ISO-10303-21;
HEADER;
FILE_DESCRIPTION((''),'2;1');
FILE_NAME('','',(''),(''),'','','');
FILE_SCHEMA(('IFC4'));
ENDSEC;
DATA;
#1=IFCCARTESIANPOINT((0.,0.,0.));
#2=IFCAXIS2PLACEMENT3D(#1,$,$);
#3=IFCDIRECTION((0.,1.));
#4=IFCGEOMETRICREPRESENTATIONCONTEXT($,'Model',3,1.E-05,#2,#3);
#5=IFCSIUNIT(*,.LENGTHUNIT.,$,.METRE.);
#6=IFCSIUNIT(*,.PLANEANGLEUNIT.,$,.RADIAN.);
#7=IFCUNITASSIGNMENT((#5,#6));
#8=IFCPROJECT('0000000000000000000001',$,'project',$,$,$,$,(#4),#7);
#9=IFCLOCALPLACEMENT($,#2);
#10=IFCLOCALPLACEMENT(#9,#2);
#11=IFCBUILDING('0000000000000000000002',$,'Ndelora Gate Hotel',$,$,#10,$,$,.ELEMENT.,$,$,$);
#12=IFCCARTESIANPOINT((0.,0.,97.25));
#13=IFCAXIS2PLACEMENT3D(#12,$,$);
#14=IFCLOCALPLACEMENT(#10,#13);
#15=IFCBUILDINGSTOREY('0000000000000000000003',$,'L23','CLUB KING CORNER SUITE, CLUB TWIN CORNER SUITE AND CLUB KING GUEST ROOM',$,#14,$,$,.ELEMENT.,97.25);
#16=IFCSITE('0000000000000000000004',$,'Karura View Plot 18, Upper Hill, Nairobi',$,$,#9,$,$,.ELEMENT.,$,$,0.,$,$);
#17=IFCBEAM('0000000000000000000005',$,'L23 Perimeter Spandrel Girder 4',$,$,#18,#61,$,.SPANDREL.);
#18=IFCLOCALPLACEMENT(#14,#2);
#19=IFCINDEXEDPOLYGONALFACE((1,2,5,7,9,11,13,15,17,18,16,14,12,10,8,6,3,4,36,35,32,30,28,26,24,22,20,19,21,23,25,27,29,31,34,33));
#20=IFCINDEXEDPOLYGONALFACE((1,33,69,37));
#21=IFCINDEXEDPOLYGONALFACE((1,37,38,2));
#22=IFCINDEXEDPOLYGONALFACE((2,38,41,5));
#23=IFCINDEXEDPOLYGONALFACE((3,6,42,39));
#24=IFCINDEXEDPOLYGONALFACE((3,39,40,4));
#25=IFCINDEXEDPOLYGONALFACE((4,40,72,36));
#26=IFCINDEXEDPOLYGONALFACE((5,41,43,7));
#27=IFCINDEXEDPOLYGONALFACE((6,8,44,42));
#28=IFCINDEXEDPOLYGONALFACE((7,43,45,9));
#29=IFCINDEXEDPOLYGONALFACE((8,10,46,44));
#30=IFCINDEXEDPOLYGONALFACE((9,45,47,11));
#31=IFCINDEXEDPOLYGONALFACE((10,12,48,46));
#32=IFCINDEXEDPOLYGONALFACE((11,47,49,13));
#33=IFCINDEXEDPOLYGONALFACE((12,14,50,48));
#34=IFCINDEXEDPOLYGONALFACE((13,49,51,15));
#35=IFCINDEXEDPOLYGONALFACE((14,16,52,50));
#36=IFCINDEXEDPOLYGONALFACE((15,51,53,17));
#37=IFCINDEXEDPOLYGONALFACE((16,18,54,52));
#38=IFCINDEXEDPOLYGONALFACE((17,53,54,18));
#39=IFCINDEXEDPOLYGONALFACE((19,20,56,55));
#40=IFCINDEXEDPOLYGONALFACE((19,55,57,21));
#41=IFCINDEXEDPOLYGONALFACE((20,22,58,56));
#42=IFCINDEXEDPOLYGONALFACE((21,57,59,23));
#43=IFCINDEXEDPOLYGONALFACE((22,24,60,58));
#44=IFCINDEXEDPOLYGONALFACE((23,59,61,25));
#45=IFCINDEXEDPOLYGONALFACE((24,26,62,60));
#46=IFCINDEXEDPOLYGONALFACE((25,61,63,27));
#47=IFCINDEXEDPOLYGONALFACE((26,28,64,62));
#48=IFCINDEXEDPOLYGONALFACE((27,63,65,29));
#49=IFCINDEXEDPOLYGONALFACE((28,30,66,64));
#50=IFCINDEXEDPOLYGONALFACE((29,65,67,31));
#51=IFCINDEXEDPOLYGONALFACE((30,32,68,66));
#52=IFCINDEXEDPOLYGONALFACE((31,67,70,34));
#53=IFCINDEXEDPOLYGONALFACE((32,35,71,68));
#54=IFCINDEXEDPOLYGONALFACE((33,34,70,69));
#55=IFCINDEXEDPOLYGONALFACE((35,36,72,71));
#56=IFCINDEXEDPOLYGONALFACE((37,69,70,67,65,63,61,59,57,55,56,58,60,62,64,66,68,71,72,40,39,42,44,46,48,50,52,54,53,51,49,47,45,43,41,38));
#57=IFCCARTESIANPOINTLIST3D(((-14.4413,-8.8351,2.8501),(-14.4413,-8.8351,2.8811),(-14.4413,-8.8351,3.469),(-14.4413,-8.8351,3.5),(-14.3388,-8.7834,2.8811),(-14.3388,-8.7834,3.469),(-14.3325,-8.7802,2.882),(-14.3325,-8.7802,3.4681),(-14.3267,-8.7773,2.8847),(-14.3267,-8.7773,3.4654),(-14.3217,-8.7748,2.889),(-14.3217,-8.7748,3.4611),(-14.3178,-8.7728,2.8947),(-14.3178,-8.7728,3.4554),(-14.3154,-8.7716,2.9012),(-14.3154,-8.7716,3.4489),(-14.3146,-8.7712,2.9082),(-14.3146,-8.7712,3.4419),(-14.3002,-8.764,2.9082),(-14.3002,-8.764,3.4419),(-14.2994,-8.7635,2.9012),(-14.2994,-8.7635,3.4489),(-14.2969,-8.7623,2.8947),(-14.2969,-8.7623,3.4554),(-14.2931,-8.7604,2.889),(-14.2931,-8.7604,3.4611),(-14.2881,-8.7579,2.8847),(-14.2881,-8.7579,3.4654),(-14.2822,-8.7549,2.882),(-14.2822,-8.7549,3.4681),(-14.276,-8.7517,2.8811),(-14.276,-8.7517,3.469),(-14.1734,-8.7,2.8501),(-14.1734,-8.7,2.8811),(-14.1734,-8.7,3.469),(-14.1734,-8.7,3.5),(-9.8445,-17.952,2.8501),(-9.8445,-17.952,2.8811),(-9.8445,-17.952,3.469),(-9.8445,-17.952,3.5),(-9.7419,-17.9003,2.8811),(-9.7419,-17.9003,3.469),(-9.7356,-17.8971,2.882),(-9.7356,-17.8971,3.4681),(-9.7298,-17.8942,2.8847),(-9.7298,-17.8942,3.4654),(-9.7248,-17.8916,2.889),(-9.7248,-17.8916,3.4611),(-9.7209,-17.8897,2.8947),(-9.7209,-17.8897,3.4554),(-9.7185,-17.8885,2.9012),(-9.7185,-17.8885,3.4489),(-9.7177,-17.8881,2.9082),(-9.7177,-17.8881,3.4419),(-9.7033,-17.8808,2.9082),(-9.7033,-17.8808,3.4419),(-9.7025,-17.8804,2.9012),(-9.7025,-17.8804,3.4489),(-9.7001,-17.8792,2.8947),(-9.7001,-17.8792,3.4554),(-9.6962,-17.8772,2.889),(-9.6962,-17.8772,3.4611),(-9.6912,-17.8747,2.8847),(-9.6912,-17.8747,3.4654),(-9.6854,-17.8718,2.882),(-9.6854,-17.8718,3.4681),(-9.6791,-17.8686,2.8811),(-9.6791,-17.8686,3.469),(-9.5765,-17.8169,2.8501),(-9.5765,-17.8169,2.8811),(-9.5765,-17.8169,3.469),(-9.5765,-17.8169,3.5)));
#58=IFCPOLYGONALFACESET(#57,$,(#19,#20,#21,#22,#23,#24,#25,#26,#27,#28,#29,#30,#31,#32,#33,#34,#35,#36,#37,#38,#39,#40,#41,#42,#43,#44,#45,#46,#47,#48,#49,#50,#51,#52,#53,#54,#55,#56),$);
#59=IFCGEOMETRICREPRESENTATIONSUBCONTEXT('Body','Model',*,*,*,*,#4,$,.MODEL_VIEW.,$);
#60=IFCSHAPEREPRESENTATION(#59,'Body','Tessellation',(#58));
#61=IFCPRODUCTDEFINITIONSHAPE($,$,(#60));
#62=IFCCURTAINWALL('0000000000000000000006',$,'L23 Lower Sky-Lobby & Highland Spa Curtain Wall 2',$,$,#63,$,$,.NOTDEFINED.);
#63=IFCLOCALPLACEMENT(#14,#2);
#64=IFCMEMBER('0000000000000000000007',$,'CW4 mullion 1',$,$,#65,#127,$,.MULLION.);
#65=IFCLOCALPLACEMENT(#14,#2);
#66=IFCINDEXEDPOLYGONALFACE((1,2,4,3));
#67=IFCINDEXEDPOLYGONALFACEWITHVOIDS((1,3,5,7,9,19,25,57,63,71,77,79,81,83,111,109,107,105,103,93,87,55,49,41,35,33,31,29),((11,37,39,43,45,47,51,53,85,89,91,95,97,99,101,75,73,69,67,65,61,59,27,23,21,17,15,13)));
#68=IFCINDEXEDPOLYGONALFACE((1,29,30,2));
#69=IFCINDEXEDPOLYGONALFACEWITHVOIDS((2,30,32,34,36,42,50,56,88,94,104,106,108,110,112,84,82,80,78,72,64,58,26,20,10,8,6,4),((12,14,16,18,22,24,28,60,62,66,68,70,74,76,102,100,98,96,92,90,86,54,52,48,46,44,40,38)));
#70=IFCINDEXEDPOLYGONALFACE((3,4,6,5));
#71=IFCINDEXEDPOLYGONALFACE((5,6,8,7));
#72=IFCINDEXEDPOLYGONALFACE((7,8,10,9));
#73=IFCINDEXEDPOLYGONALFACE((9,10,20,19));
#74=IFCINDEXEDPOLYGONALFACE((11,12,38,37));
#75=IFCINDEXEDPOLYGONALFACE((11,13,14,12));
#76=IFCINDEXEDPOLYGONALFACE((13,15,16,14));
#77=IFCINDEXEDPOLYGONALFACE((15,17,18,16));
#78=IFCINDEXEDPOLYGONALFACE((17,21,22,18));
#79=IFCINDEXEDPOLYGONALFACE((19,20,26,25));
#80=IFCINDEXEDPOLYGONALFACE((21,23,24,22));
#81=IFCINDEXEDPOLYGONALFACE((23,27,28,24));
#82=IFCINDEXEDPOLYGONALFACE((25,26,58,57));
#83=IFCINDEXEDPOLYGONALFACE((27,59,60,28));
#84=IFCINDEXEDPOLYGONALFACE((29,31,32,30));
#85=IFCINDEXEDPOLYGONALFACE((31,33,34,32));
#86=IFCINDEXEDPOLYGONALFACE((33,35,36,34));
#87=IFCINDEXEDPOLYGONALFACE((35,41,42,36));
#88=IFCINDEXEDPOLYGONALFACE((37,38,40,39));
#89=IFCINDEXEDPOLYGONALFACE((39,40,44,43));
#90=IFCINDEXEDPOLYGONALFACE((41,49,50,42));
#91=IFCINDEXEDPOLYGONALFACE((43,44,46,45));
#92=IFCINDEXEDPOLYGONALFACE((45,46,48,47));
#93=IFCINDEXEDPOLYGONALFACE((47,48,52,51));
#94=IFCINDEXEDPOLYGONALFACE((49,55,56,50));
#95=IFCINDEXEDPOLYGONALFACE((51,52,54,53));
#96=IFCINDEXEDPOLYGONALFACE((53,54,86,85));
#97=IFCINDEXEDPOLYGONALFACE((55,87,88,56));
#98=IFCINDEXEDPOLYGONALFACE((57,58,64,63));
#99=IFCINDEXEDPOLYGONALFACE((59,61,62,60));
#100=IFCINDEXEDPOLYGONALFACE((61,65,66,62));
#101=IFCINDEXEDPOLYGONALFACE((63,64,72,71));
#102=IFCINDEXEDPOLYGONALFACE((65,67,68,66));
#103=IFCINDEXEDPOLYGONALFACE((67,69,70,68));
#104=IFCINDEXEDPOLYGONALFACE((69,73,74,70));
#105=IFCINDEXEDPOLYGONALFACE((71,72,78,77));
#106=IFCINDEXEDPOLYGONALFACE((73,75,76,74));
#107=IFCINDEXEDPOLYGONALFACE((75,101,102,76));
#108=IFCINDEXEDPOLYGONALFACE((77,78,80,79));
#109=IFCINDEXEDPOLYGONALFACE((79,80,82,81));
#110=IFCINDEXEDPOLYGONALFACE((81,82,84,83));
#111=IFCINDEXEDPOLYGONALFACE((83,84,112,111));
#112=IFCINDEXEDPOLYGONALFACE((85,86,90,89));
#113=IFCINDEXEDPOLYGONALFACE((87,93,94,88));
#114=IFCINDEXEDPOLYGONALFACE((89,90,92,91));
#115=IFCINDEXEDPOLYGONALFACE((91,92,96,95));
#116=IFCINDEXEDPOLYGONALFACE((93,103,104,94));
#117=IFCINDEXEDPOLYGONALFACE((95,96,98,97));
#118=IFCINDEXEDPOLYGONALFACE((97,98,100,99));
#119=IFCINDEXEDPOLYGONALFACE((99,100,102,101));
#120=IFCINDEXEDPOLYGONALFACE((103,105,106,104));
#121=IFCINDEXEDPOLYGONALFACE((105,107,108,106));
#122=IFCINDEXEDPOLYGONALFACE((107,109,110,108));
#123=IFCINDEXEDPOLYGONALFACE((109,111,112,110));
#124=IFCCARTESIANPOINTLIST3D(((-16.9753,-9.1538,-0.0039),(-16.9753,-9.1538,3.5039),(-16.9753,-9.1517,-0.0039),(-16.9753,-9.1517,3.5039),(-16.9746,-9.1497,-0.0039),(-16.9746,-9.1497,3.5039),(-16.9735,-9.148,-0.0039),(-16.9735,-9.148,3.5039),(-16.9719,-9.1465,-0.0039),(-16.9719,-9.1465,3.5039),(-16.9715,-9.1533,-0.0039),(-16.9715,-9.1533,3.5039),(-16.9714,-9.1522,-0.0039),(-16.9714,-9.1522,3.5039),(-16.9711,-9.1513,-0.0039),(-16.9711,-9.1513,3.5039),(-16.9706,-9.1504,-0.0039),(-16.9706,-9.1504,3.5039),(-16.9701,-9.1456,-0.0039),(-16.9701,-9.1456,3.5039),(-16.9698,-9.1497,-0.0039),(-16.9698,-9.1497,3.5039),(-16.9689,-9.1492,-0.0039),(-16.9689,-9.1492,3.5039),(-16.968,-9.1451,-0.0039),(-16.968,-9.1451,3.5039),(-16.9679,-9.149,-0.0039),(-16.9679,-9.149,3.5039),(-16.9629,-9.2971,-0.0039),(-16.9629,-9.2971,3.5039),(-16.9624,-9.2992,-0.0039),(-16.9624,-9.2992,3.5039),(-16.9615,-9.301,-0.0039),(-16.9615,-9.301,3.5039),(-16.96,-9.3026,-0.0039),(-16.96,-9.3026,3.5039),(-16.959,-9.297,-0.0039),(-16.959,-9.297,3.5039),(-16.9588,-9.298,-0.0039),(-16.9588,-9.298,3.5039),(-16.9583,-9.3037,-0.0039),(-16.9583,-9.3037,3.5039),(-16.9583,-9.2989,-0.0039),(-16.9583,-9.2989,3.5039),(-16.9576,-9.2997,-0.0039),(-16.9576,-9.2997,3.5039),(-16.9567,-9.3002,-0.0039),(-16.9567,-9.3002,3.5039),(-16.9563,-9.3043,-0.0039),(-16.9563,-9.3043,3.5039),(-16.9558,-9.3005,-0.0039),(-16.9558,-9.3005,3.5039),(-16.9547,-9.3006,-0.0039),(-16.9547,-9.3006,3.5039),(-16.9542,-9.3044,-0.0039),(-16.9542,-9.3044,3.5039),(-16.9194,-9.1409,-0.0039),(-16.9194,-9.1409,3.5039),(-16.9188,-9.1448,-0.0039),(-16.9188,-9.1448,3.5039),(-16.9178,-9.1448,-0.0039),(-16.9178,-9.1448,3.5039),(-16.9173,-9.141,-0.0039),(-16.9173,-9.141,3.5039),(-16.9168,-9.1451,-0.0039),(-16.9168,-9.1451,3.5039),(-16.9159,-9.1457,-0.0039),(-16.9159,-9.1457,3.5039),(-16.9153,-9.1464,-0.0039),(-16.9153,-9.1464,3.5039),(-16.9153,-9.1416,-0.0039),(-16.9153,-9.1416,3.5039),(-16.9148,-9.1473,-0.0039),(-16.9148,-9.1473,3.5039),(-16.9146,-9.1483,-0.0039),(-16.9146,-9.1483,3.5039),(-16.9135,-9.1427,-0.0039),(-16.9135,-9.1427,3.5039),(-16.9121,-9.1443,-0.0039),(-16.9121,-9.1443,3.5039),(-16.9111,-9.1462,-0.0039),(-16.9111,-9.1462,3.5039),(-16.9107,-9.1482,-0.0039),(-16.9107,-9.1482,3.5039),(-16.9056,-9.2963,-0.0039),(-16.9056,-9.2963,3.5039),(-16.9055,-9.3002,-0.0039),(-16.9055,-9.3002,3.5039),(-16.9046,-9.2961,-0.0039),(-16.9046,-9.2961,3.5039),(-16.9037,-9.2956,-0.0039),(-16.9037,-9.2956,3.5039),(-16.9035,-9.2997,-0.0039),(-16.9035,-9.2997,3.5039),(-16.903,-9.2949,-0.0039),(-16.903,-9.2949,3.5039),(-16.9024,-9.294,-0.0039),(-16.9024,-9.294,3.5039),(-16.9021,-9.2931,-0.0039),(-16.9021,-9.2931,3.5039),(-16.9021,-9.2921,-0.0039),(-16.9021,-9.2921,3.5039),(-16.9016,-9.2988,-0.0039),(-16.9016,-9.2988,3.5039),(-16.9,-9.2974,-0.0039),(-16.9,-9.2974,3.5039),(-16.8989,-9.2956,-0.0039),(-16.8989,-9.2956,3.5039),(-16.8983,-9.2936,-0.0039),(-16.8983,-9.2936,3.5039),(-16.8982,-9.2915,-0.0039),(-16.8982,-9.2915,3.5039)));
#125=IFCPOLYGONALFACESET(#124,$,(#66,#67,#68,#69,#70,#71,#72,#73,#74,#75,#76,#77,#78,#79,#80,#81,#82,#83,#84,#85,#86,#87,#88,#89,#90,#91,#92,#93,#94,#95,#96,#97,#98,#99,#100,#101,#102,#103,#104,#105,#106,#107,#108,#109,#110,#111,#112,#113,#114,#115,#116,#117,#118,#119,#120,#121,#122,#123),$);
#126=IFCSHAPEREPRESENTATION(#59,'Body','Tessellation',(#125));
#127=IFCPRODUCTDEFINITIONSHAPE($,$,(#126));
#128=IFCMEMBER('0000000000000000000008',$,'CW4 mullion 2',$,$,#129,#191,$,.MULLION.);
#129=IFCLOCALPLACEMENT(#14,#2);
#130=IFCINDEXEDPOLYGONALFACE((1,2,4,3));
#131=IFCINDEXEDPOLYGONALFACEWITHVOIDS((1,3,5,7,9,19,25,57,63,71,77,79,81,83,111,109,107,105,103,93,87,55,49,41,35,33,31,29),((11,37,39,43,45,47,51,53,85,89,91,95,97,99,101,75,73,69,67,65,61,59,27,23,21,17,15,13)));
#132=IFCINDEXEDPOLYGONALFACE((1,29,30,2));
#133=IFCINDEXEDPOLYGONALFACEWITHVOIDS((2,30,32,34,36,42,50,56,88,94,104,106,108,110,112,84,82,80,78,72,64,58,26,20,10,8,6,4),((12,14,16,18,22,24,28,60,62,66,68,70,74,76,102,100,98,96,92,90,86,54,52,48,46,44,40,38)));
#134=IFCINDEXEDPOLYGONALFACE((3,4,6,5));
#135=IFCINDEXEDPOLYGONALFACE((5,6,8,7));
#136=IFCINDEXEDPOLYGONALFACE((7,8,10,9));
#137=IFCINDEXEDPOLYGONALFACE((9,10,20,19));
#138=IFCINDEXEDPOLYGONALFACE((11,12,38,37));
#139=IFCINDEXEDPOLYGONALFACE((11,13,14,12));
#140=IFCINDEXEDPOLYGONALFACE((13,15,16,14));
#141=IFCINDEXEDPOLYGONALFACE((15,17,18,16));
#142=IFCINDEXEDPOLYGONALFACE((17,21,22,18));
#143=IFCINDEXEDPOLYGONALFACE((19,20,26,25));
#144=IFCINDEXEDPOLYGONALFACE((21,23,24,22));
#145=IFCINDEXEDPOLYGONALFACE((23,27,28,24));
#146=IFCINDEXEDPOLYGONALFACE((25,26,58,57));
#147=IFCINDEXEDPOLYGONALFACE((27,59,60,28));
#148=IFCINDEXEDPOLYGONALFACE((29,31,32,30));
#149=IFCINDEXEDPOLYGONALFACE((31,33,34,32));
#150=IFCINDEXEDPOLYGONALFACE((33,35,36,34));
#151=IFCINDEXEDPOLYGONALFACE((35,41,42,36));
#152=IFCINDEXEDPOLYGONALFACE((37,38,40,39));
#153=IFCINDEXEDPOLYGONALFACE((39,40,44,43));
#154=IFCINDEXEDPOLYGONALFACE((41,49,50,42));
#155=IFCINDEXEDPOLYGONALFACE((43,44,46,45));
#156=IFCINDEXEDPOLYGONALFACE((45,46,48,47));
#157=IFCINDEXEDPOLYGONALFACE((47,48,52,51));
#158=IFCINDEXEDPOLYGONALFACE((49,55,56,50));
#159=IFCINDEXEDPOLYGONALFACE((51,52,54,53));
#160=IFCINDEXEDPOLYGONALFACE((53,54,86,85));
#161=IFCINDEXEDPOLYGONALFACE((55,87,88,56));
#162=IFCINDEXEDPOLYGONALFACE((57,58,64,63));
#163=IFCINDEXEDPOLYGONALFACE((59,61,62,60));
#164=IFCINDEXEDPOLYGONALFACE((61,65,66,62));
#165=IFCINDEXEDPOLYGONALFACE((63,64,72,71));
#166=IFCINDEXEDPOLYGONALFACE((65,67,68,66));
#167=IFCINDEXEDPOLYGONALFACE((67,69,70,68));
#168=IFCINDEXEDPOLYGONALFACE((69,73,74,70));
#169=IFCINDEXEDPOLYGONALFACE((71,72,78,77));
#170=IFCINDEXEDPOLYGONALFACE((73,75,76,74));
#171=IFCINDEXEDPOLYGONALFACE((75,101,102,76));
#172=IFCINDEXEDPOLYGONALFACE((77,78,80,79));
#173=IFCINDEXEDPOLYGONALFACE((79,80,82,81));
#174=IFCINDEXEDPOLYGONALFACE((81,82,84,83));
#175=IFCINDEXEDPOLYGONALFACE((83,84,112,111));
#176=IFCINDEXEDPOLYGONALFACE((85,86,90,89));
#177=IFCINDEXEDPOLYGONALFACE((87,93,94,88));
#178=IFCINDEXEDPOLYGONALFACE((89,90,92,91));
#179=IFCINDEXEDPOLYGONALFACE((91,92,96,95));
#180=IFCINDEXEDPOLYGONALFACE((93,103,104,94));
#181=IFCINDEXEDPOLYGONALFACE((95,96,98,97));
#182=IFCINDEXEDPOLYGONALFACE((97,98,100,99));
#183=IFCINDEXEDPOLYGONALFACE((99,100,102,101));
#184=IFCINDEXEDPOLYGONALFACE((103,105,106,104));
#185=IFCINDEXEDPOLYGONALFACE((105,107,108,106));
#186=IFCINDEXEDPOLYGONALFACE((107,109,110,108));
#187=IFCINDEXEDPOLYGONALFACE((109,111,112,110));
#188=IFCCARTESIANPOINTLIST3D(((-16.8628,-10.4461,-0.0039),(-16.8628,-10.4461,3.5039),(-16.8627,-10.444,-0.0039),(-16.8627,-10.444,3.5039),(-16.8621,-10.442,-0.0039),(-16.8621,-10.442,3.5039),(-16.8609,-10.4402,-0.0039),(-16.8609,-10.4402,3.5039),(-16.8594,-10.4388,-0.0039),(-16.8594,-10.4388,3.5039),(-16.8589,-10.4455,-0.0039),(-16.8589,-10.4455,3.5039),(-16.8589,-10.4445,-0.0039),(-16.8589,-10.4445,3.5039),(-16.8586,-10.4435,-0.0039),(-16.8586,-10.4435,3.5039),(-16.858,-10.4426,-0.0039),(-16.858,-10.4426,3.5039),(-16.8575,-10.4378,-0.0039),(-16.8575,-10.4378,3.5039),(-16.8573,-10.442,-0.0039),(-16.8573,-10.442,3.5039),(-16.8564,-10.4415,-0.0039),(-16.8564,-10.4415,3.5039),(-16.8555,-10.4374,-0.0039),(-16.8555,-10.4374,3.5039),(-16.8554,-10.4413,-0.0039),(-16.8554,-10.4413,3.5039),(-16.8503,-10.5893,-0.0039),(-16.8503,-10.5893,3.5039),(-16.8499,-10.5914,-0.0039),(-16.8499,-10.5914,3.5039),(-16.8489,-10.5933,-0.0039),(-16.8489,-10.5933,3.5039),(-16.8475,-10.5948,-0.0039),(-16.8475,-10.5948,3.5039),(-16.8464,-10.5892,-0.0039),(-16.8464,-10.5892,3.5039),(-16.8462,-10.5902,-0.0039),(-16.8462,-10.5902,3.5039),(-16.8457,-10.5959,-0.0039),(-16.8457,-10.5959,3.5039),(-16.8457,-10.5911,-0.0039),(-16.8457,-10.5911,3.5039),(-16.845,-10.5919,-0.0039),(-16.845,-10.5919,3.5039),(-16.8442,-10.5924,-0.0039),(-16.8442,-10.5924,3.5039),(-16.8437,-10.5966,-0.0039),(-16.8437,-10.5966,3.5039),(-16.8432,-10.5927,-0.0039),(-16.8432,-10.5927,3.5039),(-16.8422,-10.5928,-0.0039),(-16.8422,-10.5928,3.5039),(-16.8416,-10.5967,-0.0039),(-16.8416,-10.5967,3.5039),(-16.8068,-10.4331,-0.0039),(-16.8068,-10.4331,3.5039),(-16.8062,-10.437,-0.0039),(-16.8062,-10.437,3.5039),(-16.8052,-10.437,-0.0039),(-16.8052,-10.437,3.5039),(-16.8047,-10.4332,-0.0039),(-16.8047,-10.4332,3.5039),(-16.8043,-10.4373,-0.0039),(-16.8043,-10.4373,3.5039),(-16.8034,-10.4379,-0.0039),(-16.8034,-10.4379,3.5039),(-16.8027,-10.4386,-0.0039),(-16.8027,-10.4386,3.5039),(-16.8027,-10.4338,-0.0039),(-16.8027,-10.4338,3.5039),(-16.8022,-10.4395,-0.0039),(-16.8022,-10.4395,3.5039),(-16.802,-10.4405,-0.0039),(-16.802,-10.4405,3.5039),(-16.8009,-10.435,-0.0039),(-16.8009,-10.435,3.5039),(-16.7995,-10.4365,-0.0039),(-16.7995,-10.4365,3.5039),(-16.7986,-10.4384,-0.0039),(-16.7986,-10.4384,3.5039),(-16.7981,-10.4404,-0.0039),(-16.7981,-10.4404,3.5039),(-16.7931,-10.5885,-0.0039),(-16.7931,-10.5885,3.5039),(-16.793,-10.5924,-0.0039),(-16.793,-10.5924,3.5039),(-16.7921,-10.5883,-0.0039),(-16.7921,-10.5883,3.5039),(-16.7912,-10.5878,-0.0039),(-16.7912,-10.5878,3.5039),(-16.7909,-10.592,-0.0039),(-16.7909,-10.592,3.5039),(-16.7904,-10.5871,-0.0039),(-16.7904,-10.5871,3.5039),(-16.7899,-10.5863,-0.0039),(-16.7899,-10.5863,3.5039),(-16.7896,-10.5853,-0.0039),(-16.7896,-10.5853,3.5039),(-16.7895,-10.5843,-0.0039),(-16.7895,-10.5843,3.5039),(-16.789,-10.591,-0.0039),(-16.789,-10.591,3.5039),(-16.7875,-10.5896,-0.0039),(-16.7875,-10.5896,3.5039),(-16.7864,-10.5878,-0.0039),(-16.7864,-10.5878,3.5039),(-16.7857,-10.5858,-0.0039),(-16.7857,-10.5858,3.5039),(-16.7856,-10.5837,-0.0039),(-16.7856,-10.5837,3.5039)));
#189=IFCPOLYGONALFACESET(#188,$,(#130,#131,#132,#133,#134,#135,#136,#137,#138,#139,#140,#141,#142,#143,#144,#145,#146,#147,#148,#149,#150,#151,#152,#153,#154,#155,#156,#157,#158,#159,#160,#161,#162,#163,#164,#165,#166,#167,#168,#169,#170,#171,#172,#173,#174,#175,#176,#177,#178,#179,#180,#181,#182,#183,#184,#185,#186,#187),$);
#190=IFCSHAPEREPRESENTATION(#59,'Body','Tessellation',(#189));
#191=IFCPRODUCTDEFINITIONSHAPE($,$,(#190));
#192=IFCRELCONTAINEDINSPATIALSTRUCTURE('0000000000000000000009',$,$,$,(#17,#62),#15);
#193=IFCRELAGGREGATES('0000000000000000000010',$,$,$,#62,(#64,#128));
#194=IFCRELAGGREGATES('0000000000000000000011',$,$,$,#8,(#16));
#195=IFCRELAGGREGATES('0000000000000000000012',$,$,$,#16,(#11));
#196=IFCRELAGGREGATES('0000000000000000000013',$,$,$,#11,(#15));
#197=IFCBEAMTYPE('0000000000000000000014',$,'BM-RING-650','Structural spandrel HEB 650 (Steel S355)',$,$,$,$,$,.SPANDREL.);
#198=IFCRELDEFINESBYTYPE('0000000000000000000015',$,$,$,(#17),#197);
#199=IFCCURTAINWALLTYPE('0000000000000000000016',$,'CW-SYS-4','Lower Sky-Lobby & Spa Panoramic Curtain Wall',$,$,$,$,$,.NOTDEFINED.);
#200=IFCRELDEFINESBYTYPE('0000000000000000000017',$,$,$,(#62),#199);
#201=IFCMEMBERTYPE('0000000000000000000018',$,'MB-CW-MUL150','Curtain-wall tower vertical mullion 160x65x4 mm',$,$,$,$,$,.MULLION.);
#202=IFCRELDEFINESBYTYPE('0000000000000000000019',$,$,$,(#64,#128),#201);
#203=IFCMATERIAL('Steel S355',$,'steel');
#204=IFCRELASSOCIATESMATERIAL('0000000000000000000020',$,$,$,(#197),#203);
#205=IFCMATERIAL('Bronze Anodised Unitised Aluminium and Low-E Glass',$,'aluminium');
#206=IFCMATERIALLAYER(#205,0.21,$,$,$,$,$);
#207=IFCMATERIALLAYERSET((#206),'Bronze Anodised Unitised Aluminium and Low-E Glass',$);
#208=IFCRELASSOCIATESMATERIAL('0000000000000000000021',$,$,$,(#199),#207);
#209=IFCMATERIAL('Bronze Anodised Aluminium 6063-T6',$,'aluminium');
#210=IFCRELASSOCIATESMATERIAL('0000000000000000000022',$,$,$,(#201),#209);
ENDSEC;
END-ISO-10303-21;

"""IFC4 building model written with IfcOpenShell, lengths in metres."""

from ifc_helpers import new_model, si_unit, direction, frame, origin, origin_2d, place, context, subcontext, project, spatial, hollow_rectangle, i_section, extrude, material, layer, layer_set, material_profile, profile_set, type_object, element, aggregate, save


model = new_model("IFC4")

# Units and contexts
model_context = context("Model", 3, precision=1e-05, world=origin(), true_north=direction((0.0, 1.0)))
body_context = subcontext(model_context, "Body", "Model", "MODEL_VIEW")
ifc_project = project(units=[si_unit("LENGTHUNIT", "METRE"), si_unit("PLANEANGLEUNIT", "RADIAN")], contexts=[model_context])

# Site, building, storey
site_placement = place(None, origin())
site = spatial("IfcSite", under=ifc_project, at=site_placement, Name="Karura View Plot 18, Upper Hill, Nairobi", CompositionType="ELEMENT", RefElevation=0.0)
building_placement = place(site_placement, origin())
building = spatial("IfcBuilding", under=site, at=building_placement, Name="Ndelora Gate Hotel", CompositionType="ELEMENT")
storey_placement = place(building_placement, frame((0.0, 0.0, 97.25)))
storey = spatial("IfcBuildingStorey", under=building, at=storey_placement, Name="L23", Description="CLUB KING CORNER SUITE, CLUB TWIN CORNER SUITE AND CLUB KING GUEST ROOM", CompositionType="ELEMENT", Elevation=97.25)

# Beam
ifc_material_1 = material(Name="Steel S355", Category="steel")
ifc_material_profile_1 = material_profile(ifc_material_1, i_section(OverallWidth=0.3, OverallDepth=0.6499, WebThickness=0.0161, FlangeThickness=0.031, FilletRadius=0.0271, at=origin_2d()), Name="HEB 650")
ifc_profile_set_1 = profile_set([ifc_material_profile_1], Name="Steel S355")
beam_type_1 = type_object("IfcBeamType", Name="BM-RING-650", Description="Structural spandrel HEB 650 (Steel S355)", PredefinedType="SPANDREL", material=ifc_profile_set_1)
beam_1_placement = place(storey_placement, frame((-14.3074, -8.7676, 3.175), z_axis=(0.450224, -0.892916, 0.0), x_axis=(0.892916, 0.450224, 0.0)))
element("IfcBeam", 1, at=beam_1_placement, inside=storey, type_object=beam_type_1, Name="L23 Perimeter Spandrel Girder 4", PredefinedType="SPANDREL", context=body_context, shape_type="SweptSolid", body=[
    extrude(i_section(OverallWidth=0.3, OverallDepth=0.6499, WebThickness=0.0161, FlangeThickness=0.031, FilletRadius=0.0271, at=origin_2d()), origin(), (0.0, 0.0, 1.0), 10.2102),
])

# Curtain wall, members
ifc_material_2 = material(Name="Bronze Anodised Unitised Aluminium and Low-E Glass", Category="aluminium")
ifc_layer_1 = layer(ifc_material_2, 0.21)
ifc_layer_set_1 = layer_set([ifc_layer_1], Name="Bronze Anodised Unitised Aluminium and Low-E Glass")
curtain_wall_type = type_object("IfcCurtainWallType", Name="CW-SYS-4", Description="Lower Sky-Lobby & Spa Panoramic Curtain Wall", PredefinedType="NOTDEFINED", material=ifc_layer_set_1)
curtain_wall_placement = place(storey_placement, origin())
curtain_wall = element("IfcCurtainWall", 2, at=curtain_wall_placement, inside=storey, type_object=curtain_wall_type, Name="L23 Lower Sky-Lobby & Highland Spa Curtain Wall 2", PredefinedType="NOTDEFINED")
ifc_material_3 = material(Name="Bronze Anodised Aluminium 6063-T6", Category="aluminium")
ifc_material_profile_2 = material_profile(ifc_material_3, hollow_rectangle(XDim=0.0649, YDim=0.1599, WallThickness=0.0039, InnerFilletRadius=0.0039, OuterFilletRadius=0.0081, at=origin_2d()), Name="ALU 160x65x4")
ifc_profile_set_2 = profile_set([ifc_material_profile_2], Name="Bronze Anodised Aluminium 6063-T6")
member_type_1 = type_object("IfcMemberType", Name="MB-CW-MUL150", Description="Curtain-wall tower vertical mullion 160x65x4 mm", PredefinedType="MULLION", material=ifc_profile_set_2)
member_1_placement = place(storey_placement, frame((-16.9368, -9.2227, -0.0039), z_axis=(0.0, 0.0, 1.0), x_axis=(0.996237, 0.086667, 0.0)))
member_1 = element("IfcMember", 3, at=member_1_placement, type_object=member_type_1, Name="CW4 mullion 1", PredefinedType="MULLION", context=body_context, shape_type="SweptSolid", body=[
    extrude(hollow_rectangle(XDim=0.0649, YDim=0.1599, WallThickness=0.0039, InnerFilletRadius=0.0039, OuterFilletRadius=0.0081, at=origin_2d()), origin(), (0.0, 0.0, 1.0), 3.5078),
])
member_2_placement = place(storey_placement, frame((-16.8242, -10.5149, -0.0039), z_axis=(0.0, 0.0, 1.0), x_axis=(0.996237, 0.086667, 0.0)))
member_2 = element("IfcMember", 4, at=member_2_placement, type_object=member_type_1, Name="CW4 mullion 2", PredefinedType="MULLION", context=body_context, shape_type="SweptSolid", body=[
    extrude(hollow_rectangle(XDim=0.0649, YDim=0.1599, WallThickness=0.0039, InnerFilletRadius=0.0039, OuterFilletRadius=0.0081, at=origin_2d()), origin(), (0.0, 0.0, 1.0), 3.5078),
])

aggregate(curtain_wall, [member_1, member_2])

save(model, "model.ifc")
